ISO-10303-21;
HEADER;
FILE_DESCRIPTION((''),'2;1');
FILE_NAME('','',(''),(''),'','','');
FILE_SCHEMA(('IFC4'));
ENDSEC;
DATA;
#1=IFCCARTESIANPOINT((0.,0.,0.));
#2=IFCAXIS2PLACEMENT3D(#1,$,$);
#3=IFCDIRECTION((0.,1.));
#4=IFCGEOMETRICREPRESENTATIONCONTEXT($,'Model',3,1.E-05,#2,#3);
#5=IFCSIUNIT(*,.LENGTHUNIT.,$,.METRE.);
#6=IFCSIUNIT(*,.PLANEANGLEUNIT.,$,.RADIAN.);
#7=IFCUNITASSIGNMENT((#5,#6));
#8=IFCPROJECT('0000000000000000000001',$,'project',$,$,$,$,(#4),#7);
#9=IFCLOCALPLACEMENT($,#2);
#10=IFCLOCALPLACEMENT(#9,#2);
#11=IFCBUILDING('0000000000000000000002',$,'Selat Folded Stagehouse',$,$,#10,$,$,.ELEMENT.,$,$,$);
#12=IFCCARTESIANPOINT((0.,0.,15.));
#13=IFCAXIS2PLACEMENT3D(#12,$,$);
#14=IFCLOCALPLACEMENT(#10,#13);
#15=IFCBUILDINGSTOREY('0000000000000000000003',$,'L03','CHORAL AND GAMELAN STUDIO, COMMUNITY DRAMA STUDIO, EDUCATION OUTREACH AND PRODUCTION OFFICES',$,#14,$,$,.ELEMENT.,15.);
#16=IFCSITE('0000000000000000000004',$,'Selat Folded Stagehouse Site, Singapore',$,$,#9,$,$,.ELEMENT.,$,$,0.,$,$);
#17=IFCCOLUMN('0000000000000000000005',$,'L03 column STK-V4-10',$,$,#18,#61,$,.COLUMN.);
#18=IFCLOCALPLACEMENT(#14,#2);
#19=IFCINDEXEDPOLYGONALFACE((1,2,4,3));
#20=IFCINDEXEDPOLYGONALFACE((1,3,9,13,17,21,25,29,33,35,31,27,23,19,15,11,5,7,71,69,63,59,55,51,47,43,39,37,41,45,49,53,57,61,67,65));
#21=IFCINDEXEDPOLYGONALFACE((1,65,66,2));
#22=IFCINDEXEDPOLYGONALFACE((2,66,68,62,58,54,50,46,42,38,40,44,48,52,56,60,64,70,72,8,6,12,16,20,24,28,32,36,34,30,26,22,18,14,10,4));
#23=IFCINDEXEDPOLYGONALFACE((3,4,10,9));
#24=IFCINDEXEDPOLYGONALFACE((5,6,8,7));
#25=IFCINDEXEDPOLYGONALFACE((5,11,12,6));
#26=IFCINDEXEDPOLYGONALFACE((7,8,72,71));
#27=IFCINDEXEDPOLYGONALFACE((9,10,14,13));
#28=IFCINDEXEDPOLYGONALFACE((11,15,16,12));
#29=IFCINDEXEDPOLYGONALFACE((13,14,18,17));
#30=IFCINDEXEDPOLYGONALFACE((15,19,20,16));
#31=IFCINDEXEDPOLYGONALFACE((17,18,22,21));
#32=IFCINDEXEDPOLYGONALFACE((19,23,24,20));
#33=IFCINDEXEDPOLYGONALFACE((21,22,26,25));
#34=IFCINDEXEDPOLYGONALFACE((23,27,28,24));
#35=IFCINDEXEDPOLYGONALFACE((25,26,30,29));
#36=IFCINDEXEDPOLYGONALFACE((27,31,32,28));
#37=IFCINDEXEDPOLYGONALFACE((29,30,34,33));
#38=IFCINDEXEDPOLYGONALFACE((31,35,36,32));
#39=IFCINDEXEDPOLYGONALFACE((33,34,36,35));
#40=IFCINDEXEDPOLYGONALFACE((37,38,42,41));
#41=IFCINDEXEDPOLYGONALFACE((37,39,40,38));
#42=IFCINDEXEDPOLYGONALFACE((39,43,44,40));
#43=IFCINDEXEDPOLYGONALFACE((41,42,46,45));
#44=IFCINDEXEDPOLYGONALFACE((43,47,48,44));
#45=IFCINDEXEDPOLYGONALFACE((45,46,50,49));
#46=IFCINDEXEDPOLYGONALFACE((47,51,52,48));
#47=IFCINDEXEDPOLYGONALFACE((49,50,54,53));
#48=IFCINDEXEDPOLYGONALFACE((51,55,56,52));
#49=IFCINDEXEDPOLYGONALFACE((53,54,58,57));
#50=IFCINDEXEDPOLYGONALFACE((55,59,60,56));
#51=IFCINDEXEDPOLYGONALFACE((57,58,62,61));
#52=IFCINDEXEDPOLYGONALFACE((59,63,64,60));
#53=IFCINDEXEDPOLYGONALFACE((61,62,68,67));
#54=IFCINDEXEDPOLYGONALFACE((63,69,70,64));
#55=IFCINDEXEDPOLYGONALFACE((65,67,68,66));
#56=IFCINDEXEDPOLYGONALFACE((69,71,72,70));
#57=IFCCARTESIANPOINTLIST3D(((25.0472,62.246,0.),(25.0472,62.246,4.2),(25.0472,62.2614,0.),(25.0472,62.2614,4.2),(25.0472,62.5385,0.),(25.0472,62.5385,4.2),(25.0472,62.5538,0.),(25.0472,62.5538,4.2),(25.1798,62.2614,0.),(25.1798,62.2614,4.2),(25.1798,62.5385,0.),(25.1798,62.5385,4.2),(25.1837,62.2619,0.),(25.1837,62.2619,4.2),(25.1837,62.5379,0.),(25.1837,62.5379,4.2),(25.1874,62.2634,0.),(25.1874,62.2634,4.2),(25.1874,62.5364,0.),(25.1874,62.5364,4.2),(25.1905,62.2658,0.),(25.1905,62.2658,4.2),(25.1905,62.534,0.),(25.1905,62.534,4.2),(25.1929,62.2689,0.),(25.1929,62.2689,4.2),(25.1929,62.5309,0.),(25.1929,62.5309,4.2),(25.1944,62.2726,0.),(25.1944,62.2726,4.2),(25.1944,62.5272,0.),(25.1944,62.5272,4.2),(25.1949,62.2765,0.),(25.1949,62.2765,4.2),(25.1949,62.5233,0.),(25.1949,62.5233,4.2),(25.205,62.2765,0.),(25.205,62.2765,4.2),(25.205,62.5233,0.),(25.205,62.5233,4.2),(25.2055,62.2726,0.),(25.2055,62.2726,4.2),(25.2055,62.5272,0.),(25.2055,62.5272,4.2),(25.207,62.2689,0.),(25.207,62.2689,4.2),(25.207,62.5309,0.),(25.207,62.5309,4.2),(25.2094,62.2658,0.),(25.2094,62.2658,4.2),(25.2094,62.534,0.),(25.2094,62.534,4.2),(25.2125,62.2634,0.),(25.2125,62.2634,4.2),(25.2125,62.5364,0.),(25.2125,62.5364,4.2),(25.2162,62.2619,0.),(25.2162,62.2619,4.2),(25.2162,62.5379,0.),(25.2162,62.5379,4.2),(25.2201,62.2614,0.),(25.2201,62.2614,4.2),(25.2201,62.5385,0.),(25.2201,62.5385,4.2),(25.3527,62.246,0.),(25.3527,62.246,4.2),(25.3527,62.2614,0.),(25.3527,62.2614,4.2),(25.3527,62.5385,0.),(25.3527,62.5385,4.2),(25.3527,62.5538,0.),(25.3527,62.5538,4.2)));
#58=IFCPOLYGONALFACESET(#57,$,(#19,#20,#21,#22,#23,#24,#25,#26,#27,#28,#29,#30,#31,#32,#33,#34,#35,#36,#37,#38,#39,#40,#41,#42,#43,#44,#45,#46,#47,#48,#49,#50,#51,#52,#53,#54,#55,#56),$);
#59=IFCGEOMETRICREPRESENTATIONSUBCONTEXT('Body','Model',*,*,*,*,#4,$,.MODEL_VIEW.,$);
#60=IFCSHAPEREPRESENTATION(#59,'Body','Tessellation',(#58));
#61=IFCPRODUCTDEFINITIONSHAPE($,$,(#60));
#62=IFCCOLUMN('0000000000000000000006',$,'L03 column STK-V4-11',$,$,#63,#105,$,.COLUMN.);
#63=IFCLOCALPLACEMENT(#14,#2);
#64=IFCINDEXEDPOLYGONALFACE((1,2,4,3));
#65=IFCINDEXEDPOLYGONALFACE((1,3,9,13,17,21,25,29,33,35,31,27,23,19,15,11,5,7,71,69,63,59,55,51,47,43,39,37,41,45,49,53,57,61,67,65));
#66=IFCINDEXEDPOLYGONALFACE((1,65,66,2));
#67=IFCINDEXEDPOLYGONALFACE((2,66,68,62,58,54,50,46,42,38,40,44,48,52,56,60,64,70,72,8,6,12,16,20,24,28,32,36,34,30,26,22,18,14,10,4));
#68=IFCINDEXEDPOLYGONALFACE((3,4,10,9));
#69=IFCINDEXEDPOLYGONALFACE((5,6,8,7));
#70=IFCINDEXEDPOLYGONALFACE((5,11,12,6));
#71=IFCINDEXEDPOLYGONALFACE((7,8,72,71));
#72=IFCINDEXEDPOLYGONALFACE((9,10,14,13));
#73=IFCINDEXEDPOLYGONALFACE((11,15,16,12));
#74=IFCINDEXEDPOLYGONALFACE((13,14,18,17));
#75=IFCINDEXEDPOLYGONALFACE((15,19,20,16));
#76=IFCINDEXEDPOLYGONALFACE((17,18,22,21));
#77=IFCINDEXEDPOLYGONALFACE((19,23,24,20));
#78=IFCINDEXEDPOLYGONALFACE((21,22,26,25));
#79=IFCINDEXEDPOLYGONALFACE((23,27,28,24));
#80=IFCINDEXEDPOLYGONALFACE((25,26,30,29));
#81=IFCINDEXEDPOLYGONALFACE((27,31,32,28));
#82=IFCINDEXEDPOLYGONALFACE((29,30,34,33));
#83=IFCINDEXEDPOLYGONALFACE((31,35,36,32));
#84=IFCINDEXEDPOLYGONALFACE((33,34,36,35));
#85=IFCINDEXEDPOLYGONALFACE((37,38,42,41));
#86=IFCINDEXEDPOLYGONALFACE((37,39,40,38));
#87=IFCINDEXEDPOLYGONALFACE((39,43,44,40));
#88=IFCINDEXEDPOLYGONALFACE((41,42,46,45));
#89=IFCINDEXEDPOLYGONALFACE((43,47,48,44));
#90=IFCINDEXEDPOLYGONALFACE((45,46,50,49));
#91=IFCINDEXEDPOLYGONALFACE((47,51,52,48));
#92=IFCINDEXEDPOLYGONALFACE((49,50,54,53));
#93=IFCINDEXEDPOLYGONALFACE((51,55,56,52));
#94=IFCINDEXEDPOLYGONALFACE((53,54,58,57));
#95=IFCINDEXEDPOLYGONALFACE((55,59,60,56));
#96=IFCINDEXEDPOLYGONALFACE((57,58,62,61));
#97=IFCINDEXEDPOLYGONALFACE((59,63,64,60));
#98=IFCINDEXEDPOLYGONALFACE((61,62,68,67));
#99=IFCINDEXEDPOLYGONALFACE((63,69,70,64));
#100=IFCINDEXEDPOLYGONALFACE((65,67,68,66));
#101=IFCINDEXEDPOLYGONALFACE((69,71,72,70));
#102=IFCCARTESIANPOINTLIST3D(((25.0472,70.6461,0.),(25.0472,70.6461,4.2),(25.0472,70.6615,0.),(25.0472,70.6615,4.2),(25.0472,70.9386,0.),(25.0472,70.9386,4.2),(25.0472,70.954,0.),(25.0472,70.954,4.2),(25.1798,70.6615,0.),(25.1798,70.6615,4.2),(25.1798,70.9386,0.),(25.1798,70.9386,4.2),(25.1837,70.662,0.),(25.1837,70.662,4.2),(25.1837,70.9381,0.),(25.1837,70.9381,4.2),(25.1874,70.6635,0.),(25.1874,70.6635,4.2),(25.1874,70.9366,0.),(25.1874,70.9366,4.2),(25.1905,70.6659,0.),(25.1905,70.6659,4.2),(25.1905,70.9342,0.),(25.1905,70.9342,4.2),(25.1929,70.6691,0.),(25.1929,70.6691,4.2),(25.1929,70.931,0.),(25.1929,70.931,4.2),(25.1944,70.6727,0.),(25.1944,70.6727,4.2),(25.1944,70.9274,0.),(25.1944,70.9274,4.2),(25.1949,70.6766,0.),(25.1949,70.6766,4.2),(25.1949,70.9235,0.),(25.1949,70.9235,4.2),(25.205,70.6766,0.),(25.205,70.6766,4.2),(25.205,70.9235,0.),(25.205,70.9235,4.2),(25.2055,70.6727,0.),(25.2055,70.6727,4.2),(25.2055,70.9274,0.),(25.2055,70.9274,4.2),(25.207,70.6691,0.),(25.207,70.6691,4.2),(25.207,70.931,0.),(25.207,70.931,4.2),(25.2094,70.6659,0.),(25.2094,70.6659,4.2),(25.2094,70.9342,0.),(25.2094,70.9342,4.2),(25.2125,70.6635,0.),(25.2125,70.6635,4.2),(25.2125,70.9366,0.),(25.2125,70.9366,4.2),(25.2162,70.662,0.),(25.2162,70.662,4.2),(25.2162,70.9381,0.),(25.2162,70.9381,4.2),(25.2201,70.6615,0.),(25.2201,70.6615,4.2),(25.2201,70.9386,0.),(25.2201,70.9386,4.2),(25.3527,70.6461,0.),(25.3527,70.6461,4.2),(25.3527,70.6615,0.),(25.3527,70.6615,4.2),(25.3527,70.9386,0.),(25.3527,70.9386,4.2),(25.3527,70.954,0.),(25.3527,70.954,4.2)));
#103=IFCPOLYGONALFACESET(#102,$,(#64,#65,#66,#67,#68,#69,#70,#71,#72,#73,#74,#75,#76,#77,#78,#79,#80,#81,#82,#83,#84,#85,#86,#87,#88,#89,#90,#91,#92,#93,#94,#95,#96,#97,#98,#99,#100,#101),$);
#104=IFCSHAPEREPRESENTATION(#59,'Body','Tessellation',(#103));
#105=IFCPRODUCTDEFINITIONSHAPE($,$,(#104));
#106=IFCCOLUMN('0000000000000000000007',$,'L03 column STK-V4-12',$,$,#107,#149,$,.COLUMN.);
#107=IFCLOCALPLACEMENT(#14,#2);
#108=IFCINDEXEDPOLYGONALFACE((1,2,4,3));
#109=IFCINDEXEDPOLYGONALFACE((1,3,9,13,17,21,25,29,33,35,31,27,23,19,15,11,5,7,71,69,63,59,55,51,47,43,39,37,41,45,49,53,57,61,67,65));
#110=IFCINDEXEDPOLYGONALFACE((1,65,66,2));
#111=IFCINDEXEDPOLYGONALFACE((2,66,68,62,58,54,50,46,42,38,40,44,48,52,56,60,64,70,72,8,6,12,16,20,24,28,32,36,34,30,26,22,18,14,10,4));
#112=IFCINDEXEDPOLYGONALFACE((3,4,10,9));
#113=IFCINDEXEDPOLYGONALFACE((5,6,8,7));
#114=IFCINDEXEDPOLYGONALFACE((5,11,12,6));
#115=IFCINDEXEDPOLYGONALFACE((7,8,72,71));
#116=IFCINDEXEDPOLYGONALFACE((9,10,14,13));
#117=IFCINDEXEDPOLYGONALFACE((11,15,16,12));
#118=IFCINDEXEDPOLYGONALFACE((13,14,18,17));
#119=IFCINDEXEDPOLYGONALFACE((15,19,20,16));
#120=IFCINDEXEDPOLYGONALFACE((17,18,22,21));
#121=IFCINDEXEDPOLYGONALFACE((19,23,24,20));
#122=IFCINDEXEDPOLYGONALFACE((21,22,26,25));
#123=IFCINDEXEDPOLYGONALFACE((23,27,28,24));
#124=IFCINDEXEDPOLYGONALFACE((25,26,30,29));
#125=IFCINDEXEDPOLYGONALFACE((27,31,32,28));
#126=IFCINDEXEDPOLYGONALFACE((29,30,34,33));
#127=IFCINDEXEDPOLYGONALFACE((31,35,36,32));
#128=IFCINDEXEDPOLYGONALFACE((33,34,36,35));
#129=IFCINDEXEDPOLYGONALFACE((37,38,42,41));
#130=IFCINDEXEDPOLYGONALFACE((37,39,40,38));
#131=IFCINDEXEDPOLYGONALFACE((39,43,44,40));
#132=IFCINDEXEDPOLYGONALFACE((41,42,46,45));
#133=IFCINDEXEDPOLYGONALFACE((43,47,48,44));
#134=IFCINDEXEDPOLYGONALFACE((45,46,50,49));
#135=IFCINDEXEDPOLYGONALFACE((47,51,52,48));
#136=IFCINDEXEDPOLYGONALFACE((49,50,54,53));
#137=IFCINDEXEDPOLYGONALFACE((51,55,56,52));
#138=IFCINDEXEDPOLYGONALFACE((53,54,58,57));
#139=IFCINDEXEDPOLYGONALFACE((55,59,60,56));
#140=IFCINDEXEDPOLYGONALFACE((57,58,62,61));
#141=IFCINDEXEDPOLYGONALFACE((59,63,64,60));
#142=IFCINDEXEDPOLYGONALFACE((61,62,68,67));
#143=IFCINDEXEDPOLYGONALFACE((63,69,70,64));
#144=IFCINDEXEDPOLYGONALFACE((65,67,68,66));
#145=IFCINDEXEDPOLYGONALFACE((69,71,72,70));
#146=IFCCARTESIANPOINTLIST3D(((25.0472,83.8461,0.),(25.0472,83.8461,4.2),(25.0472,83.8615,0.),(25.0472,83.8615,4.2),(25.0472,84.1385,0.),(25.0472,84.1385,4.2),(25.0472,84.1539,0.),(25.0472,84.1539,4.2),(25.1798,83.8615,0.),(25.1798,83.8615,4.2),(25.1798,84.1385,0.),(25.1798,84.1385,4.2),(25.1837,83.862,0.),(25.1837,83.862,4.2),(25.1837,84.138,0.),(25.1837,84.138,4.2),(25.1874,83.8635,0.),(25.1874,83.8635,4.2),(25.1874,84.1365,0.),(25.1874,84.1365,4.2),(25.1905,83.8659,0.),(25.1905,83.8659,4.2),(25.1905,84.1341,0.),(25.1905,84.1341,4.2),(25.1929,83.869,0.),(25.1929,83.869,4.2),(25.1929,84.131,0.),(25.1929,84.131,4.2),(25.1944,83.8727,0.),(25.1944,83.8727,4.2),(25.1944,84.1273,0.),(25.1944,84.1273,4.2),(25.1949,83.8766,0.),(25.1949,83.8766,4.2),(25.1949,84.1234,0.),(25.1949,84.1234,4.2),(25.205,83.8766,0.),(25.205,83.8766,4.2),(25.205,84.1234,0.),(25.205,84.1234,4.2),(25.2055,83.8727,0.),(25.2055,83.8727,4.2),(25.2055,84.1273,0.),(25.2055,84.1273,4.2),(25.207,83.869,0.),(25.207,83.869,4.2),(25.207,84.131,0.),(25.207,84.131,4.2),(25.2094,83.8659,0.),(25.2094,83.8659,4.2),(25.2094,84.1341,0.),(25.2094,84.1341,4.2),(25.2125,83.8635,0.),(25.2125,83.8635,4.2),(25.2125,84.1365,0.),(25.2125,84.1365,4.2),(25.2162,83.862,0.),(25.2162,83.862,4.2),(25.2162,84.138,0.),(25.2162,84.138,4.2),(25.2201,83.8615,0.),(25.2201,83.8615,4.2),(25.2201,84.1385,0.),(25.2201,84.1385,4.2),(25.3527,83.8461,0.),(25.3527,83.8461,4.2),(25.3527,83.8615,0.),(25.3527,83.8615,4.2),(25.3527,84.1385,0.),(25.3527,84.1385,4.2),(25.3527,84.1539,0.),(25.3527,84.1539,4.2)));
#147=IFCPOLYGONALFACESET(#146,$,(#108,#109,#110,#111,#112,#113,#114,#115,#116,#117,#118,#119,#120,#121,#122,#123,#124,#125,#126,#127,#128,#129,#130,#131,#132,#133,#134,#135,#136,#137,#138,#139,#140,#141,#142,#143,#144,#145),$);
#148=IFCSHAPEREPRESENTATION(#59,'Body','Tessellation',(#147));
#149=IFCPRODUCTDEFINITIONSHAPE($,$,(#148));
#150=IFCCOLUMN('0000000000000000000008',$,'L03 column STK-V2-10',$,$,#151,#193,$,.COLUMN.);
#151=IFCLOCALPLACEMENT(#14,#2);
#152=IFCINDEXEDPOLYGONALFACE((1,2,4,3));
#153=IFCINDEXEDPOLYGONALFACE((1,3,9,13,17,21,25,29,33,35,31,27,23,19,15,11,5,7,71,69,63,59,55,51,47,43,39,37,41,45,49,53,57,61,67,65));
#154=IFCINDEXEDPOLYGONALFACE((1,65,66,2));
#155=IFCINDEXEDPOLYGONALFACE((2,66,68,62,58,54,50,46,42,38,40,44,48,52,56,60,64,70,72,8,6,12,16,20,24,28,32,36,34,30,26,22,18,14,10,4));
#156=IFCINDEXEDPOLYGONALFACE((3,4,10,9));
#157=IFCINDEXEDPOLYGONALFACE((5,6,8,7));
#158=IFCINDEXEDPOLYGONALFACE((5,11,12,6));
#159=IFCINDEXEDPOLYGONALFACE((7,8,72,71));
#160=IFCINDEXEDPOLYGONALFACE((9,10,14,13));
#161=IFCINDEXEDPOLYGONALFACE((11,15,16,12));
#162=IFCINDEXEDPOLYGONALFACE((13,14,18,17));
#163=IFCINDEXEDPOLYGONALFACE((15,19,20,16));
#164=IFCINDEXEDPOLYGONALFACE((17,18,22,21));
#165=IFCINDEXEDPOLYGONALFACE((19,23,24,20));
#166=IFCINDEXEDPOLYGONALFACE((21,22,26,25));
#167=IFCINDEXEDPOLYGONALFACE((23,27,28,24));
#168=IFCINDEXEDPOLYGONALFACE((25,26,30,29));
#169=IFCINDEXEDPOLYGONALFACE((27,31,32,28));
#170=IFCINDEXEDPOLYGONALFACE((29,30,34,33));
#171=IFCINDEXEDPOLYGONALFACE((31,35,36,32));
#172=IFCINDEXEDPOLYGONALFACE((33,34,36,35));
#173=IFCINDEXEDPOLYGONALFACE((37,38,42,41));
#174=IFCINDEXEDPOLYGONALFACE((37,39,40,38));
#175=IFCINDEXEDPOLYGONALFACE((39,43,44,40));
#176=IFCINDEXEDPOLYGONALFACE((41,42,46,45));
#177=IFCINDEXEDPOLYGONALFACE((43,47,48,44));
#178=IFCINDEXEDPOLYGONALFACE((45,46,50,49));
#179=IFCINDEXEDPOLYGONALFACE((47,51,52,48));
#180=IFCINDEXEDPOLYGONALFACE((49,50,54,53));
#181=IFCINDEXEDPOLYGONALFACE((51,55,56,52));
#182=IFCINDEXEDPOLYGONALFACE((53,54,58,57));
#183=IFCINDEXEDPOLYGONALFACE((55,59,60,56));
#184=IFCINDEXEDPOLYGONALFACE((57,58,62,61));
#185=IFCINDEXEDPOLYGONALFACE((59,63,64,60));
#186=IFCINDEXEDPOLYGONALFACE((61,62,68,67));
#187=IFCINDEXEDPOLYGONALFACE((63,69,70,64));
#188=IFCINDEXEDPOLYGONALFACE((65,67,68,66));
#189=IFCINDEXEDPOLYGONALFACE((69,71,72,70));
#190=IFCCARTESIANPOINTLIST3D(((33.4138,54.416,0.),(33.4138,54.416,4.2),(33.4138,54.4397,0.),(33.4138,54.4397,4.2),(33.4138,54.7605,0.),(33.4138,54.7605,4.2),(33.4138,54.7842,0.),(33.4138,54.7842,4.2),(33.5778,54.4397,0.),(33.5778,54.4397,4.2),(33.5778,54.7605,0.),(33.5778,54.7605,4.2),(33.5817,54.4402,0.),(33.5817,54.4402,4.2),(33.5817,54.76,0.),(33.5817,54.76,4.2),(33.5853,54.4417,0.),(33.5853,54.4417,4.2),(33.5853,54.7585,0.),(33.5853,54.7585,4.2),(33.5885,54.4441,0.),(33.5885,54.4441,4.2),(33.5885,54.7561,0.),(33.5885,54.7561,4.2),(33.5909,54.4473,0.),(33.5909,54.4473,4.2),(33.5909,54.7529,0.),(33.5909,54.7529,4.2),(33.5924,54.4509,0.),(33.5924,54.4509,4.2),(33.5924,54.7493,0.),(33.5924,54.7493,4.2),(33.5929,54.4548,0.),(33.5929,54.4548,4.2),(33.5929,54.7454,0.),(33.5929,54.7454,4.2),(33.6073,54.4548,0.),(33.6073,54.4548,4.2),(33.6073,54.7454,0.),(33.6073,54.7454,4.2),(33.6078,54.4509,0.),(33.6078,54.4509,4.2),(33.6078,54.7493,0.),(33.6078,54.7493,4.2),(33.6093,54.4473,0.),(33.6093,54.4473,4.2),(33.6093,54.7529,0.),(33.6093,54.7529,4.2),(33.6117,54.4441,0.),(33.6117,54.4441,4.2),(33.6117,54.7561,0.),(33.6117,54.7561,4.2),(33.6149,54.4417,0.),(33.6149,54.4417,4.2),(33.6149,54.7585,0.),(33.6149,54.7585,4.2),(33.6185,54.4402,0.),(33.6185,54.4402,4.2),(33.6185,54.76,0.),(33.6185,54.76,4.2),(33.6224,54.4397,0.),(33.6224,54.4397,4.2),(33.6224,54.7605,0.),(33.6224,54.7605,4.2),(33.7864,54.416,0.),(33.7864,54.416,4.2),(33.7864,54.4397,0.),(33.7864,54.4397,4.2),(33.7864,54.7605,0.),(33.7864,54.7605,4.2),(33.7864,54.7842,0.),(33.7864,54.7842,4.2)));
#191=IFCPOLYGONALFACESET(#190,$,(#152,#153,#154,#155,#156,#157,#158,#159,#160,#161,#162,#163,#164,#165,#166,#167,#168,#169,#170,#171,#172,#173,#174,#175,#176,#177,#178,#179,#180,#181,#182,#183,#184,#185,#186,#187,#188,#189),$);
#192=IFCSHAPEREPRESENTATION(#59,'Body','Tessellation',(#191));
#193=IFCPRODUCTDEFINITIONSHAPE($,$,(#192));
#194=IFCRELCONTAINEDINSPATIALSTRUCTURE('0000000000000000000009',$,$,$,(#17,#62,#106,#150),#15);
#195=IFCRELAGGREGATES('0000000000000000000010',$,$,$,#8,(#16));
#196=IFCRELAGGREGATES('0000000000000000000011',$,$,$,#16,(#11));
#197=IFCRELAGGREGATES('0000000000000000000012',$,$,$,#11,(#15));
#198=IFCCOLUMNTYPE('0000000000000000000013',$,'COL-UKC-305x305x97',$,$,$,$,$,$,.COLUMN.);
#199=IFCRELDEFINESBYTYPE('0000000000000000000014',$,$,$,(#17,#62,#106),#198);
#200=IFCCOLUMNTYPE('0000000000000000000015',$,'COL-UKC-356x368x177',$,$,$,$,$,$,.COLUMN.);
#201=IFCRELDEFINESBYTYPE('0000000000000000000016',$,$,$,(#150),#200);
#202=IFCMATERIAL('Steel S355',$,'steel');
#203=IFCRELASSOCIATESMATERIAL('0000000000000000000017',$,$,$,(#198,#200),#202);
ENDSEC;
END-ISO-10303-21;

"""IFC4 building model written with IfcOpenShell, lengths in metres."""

from ifc_helpers import new_model, si_unit, direction, frame, origin, origin_2d, place, context, subcontext, project, spatial, i_section, extrude, material, material_profile, profile_set, type_object, element, save


model = new_model("IFC4")

# Units and contexts
model_context = context("Model", 3, precision=1e-05, world=origin(), true_north=direction((0.0, 1.0)))
body_context = subcontext(model_context, "Body", "Model", "MODEL_VIEW")
ifc_project = project(units=[si_unit("LENGTHUNIT", "METRE"), si_unit("PLANEANGLEUNIT", "RADIAN")], contexts=[model_context])

# Site, building, storey
site_placement = place(None, origin())
site = spatial("IfcSite", under=ifc_project, at=site_placement, Name="Selat Folded Stagehouse Site, Singapore", CompositionType="ELEMENT", RefElevation=0.0)
building_placement = place(site_placement, origin())
building = spatial("IfcBuilding", under=site, at=building_placement, Name="Selat Folded Stagehouse", CompositionType="ELEMENT")
storey_placement = place(building_placement, frame((0.0, 0.0, 15.0)))
storey = spatial("IfcBuildingStorey", under=building, at=storey_placement, Name="L03", Description="CHORAL AND GAMELAN STUDIO, COMMUNITY DRAMA STUDIO, EDUCATION OUTREACH AND PRODUCTION OFFICES", CompositionType="ELEMENT", Elevation=15.0)

# Columns
ifc_material_1 = material(Name="Steel S355", Category="steel")
ifc_material_profile_1 = material_profile(ifc_material_1, i_section(OverallWidth=0.3054, OverallDepth=0.3079, WebThickness=0.01, FlangeThickness=0.0154, FilletRadius=0.0151, at=origin_2d()), Name="UKC 305x305x97")
ifc_profile_set_1 = profile_set([ifc_material_profile_1], Name="Steel S355")
column_type_1 = type_object("IfcColumnType", Name="COL-UKC-305x305x97", PredefinedType="COLUMN", material=ifc_profile_set_1)
for number, where, z_axis, x_axis, name in (
    (1, (25.2, 62.3999, 0.0), (0.0, 0.0, 1.0), (1.0, 0.0, 0.0), "L03 column STK-V4-10"),
    (2, (25.2, 70.8, 0.0), (0.0, 0.0, 1.0), (1.0, 0.0, 0.0), "L03 column STK-V4-11"),
    (3, (25.2, 84.0, 0.0), (0.0, 0.0, 1.0), (1.0, 0.0, 0.0), "L03 column STK-V4-12"),
):
    element("IfcColumn", number, at=place(storey_placement, frame(where, z_axis=z_axis, x_axis=x_axis)), inside=storey, type_object=column_type_1, Name=name, PredefinedType="COLUMN", context=body_context, shape_type="SweptSolid", body=[
        extrude(i_section(OverallWidth=0.3054, OverallDepth=0.3079, WebThickness=0.01, FlangeThickness=0.0154, FilletRadius=0.0151, at=origin_2d()), origin(), (0.0, 0.0, 1.0), 4.2),
    ])
ifc_material_profile_2 = material_profile(ifc_material_1, i_section(OverallWidth=0.3726, OverallDepth=0.3682, WebThickness=0.0144, FlangeThickness=0.0237, FilletRadius=0.0151, at=origin_2d()), Name="UKC 356x368x177")
ifc_profile_set_2 = profile_set([ifc_material_profile_2], Name="Steel S355")
column_type_2 = type_object("IfcColumnType", Name="COL-UKC-356x368x177", PredefinedType="COLUMN", material=ifc_profile_set_2)
for number, where, z_axis, x_axis, name in (
    (4, (33.6001, 54.6001, 0.0), (0.0, 0.0, 1.0), (1.0, 0.0, 0.0), "L03 column STK-V2-10"),
):
    element("IfcColumn", number, at=place(storey_placement, frame(where, z_axis=z_axis, x_axis=x_axis)), inside=storey, type_object=column_type_2, Name=name, PredefinedType="COLUMN", context=body_context, shape_type="SweptSolid", body=[
        extrude(i_section(OverallWidth=0.3726, OverallDepth=0.3682, WebThickness=0.0144, FlangeThickness=0.0237, FilletRadius=0.0151, at=origin_2d()), origin(), (0.0, 0.0, 1.0), 4.2),
    ])

save(model, "model.ifc")
